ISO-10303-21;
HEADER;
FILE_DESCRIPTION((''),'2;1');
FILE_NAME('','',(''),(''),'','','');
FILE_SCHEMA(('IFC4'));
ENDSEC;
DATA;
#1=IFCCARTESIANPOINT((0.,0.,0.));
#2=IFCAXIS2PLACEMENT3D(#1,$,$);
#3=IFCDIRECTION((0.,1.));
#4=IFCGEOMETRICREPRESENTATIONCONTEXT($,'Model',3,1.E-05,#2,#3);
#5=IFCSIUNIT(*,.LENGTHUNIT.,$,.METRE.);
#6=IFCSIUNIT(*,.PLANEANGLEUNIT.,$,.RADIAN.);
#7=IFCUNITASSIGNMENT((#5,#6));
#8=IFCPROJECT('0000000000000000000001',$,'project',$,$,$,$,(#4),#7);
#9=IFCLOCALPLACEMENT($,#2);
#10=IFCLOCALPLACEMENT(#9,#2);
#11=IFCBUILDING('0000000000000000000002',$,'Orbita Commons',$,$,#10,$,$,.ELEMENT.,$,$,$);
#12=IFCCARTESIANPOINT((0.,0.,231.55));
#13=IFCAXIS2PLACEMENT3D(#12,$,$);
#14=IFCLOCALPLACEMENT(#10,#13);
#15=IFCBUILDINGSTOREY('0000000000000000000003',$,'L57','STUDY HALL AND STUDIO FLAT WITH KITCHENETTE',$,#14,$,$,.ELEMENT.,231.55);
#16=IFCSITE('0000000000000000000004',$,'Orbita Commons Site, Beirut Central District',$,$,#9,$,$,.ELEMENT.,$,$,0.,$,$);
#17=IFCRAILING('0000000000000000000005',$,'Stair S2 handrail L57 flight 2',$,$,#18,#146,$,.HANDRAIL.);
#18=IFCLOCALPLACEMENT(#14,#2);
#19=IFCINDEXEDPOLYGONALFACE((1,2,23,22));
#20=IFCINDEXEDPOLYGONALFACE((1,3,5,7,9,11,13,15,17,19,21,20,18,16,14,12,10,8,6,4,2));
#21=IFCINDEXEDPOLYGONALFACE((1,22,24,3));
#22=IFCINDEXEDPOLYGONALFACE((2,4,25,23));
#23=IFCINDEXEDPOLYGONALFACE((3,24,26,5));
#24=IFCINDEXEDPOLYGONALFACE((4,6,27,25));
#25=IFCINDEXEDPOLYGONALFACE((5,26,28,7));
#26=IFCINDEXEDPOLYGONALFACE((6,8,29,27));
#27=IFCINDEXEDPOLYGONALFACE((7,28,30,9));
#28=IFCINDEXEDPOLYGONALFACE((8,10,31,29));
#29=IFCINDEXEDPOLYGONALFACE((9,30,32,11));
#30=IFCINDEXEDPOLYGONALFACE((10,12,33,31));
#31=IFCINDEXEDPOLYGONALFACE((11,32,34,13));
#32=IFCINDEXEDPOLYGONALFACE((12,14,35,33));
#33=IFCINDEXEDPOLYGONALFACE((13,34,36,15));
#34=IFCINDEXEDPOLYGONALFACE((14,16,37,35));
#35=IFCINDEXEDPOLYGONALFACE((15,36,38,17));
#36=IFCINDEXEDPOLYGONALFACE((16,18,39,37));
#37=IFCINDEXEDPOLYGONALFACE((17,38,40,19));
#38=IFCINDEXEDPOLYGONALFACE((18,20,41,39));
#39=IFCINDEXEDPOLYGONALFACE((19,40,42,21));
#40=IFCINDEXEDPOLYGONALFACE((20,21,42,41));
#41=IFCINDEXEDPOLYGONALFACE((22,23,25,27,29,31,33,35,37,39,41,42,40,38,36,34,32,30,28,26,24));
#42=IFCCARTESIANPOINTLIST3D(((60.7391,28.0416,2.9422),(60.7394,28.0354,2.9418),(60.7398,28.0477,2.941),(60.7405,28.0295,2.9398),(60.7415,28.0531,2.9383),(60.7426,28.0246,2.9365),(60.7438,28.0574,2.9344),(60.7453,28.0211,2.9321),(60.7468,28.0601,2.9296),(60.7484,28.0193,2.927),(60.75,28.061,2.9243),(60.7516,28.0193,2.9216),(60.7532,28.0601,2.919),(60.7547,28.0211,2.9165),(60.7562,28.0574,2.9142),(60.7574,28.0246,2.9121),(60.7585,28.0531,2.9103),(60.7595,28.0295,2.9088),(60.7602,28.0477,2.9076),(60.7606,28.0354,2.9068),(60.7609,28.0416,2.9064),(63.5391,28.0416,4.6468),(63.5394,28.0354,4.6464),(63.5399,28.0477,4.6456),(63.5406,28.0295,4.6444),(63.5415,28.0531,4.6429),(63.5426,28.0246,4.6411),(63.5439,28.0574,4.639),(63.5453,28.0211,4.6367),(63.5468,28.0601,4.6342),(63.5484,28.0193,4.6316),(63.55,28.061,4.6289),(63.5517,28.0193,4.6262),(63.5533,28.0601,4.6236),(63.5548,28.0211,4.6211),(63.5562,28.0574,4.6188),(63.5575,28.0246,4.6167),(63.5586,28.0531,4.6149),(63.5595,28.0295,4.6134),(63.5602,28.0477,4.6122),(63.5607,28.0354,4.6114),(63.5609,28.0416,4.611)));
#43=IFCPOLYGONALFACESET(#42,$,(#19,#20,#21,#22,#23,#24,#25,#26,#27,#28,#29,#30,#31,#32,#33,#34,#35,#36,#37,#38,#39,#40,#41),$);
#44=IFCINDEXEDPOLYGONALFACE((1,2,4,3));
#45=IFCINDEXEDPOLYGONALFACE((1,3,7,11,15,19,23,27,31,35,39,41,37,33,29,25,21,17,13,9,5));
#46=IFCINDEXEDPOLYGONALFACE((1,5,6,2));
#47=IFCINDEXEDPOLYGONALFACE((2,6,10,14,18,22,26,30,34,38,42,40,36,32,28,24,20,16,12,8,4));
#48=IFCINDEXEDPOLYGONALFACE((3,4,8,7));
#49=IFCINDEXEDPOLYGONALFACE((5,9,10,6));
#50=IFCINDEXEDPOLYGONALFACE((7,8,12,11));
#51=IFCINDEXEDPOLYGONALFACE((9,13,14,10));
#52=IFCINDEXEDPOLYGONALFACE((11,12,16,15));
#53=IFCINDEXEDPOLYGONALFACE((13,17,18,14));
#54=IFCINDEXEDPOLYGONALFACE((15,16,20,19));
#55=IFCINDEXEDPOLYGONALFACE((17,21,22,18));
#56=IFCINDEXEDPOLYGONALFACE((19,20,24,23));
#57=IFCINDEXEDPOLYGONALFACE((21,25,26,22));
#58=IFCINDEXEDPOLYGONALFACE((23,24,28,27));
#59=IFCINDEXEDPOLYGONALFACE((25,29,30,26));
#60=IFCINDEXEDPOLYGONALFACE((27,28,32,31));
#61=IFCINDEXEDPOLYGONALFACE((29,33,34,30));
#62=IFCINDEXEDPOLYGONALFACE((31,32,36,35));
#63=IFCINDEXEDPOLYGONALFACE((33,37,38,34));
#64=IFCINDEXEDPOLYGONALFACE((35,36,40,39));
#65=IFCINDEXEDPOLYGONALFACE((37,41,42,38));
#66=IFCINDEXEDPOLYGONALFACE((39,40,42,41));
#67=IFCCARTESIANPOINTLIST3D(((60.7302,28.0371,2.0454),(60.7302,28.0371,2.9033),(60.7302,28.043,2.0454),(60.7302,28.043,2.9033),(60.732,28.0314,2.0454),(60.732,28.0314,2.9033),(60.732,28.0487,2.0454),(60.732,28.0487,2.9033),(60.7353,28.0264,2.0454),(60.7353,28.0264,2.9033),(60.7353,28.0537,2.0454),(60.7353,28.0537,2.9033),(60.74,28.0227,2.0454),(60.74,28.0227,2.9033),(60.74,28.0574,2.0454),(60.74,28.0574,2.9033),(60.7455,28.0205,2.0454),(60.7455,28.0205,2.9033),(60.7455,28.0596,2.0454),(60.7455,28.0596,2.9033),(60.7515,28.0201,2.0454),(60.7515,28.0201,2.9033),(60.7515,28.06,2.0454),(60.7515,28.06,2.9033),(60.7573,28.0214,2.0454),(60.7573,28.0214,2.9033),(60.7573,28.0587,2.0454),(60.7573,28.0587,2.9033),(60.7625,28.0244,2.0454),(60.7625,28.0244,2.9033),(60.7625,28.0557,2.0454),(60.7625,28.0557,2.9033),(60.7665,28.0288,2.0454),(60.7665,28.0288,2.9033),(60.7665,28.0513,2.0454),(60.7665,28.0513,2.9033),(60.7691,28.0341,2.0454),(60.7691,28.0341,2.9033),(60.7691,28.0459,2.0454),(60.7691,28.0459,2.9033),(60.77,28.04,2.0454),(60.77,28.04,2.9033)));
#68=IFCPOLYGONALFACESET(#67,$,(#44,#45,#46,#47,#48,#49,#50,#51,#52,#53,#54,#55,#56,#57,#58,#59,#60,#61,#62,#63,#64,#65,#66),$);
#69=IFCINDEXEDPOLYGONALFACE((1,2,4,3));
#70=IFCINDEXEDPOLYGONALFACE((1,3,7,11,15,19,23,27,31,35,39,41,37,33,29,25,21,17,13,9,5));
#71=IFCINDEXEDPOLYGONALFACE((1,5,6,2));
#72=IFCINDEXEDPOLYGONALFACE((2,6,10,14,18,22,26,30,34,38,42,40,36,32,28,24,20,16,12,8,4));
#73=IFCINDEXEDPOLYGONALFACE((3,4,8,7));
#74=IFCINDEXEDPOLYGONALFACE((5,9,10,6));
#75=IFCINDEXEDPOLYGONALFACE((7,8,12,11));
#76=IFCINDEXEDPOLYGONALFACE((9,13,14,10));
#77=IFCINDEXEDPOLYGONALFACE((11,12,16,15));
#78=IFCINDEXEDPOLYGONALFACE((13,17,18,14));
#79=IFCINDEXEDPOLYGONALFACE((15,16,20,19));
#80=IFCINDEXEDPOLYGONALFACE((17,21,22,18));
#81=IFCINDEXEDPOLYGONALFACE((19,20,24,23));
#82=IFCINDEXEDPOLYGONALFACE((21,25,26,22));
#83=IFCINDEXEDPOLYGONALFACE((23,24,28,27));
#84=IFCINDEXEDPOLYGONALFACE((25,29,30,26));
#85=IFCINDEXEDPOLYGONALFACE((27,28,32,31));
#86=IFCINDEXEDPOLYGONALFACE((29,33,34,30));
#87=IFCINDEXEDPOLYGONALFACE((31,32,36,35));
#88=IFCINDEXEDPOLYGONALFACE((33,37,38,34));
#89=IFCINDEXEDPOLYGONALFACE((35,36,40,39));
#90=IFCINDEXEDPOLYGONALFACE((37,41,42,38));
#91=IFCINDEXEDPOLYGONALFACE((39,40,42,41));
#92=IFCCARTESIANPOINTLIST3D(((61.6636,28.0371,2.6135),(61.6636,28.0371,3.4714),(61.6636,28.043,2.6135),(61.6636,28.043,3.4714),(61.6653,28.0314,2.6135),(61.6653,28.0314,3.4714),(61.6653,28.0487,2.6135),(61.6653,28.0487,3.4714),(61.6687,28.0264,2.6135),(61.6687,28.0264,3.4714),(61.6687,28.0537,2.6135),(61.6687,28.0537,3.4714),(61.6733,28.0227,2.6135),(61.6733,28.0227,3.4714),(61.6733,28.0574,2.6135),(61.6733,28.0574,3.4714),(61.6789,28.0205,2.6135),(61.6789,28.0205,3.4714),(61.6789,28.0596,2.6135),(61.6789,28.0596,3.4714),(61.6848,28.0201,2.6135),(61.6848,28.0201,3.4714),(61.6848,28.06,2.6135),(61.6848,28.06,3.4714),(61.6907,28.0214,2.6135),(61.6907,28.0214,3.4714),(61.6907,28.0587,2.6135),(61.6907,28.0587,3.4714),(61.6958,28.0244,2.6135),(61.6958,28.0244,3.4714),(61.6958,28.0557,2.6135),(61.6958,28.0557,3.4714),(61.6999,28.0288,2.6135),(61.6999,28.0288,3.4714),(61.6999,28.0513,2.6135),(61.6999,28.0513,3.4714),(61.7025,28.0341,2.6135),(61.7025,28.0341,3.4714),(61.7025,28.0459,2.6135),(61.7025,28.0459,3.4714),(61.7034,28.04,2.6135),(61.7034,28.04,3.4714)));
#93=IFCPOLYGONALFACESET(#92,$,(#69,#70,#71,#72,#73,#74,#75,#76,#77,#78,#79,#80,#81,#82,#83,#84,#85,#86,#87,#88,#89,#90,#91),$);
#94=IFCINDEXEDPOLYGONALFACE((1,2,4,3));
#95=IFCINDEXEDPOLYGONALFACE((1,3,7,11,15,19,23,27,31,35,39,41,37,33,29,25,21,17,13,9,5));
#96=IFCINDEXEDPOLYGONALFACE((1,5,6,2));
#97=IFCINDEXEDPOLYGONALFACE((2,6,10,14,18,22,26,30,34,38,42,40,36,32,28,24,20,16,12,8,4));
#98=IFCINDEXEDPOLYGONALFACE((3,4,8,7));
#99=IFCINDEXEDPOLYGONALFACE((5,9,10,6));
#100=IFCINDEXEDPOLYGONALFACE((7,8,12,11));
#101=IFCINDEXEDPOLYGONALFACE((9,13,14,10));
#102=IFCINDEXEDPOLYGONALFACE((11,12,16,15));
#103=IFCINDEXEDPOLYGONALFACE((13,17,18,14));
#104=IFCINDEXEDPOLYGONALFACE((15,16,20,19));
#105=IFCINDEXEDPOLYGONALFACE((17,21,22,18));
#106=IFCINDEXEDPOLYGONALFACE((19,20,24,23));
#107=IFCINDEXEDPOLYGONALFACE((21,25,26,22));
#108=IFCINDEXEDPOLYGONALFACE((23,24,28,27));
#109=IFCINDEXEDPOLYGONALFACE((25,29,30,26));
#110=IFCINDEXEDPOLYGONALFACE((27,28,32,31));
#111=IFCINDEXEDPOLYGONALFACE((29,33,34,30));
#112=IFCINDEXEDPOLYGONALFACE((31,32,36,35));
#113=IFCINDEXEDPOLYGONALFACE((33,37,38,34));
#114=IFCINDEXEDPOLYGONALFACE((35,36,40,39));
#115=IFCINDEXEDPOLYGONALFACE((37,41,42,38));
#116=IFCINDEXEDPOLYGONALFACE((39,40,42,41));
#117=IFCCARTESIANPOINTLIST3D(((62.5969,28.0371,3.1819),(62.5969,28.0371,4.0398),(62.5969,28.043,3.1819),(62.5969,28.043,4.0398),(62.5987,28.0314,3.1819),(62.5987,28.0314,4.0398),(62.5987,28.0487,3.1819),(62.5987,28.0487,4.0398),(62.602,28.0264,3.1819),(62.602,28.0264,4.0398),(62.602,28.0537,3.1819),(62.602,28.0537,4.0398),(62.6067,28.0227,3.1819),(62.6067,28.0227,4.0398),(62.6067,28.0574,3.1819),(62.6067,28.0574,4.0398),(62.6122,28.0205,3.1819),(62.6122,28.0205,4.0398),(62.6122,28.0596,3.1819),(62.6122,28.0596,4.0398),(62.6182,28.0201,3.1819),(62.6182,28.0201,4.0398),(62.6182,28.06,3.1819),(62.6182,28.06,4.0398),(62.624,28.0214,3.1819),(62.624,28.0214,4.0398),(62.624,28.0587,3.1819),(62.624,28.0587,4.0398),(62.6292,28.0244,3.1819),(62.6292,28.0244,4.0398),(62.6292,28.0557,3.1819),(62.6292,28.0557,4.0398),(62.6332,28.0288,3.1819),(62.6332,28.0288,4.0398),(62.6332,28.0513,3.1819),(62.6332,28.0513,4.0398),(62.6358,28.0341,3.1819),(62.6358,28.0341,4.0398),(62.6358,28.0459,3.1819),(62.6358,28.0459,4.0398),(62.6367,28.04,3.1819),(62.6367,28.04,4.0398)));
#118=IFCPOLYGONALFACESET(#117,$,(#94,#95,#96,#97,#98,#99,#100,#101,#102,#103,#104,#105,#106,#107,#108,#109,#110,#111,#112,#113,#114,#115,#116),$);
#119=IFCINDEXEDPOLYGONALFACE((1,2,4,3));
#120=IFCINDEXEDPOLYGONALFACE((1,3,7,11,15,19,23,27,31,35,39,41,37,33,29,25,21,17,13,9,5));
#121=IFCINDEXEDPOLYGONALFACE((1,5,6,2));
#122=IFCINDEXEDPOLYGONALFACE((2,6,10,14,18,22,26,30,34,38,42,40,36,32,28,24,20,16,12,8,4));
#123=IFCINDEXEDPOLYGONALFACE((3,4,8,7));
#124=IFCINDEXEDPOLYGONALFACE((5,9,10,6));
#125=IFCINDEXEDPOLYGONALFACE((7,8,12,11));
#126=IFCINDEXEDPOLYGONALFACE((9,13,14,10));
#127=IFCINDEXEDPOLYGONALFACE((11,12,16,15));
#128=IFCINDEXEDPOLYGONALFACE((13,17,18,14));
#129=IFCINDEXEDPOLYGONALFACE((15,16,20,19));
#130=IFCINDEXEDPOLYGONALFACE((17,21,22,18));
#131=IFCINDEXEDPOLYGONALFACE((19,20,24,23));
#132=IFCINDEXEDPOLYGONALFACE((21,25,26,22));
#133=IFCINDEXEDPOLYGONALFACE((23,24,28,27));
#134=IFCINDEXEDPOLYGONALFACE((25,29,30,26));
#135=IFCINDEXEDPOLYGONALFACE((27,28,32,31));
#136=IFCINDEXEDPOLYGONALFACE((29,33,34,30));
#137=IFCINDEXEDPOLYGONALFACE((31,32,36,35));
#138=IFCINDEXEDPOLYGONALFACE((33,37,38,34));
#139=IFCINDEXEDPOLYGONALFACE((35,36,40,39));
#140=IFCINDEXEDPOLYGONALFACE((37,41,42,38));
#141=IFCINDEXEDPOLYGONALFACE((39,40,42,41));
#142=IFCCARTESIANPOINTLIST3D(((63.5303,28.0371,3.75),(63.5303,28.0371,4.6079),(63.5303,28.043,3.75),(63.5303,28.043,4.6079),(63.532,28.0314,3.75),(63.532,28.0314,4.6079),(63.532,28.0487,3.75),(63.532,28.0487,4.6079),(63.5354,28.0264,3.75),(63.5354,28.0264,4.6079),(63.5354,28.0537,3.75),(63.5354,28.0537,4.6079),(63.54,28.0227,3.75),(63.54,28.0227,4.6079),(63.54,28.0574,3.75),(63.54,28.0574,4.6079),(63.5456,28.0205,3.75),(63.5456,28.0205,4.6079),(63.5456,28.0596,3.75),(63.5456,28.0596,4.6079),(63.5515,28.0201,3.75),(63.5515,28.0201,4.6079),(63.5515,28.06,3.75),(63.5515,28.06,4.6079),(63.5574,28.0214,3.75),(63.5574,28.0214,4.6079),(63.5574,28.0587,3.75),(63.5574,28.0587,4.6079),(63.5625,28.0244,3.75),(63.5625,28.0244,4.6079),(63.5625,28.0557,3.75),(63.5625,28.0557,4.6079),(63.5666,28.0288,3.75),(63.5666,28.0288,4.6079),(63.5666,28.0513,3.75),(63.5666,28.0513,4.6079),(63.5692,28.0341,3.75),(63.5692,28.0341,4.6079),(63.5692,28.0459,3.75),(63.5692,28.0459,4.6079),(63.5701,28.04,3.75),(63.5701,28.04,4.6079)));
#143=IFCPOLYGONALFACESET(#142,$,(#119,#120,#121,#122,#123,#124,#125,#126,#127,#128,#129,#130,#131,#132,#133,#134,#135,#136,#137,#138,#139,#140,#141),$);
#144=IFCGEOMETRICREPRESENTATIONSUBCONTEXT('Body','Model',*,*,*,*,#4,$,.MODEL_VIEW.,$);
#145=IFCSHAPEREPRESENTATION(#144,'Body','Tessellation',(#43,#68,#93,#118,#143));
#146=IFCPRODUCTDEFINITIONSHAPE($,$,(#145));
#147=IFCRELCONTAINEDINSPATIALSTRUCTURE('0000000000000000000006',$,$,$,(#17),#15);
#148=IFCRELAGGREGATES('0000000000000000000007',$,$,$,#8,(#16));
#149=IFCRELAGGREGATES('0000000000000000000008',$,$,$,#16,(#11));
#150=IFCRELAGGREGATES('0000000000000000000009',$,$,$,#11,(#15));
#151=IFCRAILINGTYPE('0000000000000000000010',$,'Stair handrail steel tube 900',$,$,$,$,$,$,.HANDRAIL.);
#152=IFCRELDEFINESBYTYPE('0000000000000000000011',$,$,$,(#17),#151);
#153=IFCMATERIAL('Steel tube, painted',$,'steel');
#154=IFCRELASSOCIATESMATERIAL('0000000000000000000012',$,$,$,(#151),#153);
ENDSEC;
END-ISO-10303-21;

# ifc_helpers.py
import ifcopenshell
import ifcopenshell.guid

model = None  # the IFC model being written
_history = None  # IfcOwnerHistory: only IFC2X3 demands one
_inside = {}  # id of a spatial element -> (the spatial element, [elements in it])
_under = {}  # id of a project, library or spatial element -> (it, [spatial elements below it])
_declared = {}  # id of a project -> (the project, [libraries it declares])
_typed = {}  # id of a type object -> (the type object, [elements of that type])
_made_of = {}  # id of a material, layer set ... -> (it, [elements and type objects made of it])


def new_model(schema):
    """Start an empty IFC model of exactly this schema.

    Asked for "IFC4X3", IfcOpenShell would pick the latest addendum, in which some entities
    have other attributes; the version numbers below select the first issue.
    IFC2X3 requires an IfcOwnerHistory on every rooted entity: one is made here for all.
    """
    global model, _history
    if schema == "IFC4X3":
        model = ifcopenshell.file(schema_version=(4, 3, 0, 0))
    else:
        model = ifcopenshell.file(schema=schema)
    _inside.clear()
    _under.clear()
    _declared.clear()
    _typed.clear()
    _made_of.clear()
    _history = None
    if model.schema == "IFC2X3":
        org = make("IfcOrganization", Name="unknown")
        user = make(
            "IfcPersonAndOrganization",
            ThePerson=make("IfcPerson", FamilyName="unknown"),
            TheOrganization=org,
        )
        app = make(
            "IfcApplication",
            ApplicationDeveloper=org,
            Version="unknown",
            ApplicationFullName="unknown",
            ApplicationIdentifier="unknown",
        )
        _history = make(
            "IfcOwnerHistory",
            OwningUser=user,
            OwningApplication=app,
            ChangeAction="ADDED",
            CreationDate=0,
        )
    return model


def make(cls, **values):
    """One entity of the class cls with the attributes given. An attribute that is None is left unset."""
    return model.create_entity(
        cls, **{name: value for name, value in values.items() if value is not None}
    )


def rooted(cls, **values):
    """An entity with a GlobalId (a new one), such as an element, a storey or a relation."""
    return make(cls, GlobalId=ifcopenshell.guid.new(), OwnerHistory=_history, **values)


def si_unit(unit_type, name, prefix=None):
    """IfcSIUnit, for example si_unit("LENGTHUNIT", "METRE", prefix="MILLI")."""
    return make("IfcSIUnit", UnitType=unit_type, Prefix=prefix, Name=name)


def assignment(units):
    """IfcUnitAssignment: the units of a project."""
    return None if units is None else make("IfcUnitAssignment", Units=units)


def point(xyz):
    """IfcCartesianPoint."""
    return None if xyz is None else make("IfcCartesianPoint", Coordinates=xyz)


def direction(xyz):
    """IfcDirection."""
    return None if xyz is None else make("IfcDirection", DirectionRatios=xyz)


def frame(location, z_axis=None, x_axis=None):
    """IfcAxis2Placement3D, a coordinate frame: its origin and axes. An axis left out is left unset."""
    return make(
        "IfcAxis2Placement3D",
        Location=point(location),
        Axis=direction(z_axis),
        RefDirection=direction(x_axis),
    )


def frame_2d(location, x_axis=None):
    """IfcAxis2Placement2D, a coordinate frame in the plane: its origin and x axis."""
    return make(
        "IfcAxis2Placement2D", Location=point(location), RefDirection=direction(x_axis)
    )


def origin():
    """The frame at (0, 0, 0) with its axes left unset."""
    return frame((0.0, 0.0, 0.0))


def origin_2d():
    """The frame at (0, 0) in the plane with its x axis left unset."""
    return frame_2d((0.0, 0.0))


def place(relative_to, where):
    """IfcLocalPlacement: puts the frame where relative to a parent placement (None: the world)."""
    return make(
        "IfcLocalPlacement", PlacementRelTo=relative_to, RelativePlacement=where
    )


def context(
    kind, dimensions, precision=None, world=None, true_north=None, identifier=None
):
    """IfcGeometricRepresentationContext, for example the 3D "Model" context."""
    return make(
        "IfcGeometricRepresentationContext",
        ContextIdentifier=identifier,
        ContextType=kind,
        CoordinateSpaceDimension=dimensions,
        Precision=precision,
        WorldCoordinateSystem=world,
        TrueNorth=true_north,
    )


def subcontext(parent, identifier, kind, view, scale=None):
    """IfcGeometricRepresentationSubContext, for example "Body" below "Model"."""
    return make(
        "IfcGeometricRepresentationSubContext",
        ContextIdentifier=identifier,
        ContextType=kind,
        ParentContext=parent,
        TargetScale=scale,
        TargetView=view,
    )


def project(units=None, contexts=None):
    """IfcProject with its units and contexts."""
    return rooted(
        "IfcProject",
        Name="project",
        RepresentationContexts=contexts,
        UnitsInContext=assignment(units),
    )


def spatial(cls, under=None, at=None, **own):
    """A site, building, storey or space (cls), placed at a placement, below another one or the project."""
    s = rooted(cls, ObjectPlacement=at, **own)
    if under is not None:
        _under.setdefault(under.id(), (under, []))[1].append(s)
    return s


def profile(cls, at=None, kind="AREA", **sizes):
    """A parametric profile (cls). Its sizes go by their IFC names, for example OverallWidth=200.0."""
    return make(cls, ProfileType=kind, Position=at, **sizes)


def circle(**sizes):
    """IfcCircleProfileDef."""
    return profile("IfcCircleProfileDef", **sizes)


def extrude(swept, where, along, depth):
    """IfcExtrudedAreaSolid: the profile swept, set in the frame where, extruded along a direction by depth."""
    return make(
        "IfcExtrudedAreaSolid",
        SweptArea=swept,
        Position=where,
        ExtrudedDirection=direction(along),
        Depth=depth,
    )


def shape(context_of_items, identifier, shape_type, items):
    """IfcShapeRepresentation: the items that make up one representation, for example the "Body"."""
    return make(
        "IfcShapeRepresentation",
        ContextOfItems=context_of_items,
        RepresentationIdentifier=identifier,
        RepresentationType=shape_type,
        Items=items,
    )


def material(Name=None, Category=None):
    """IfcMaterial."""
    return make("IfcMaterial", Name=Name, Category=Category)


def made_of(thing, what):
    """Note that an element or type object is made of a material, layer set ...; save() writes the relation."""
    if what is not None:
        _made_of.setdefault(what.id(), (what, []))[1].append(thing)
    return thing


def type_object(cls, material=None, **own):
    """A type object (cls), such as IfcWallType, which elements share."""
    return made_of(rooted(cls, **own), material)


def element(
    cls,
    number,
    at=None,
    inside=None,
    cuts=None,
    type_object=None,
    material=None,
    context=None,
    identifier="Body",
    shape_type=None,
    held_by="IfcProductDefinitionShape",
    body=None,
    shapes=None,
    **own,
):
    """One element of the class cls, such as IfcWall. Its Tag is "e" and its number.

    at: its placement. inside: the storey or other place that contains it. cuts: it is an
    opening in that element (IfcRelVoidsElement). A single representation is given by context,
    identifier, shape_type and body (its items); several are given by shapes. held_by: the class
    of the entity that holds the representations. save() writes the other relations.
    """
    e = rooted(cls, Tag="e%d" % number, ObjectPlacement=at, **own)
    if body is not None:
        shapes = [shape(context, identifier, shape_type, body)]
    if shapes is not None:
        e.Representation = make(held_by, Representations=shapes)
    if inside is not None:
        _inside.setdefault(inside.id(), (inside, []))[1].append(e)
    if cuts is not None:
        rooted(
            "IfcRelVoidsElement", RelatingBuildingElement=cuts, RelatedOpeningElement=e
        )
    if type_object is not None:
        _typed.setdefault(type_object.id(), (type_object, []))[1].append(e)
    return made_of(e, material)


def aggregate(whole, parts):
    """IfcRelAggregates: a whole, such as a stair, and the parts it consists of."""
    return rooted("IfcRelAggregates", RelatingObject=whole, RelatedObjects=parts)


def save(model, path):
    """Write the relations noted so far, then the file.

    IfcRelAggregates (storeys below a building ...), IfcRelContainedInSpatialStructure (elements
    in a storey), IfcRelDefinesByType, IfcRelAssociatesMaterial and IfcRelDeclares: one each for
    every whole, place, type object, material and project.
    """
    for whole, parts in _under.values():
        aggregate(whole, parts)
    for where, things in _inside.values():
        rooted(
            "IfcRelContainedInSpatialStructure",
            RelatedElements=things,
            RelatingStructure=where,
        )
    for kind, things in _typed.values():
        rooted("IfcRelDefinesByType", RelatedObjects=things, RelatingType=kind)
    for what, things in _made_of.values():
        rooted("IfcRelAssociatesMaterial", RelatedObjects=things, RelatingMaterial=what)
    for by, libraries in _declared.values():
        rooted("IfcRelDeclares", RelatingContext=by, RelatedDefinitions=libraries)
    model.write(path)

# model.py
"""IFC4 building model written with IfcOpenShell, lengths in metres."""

from ifc_helpers import new_model, si_unit, direction, frame, origin, origin_2d, place, context, subcontext, project, spatial, circle, extrude, material, type_object, element, save


model = new_model("IFC4")

# Units and contexts
model_context = context("Model", 3, precision=1e-05, world=origin(), true_north=direction((0.0, 1.0)))
body_context = subcontext(model_context, "Body", "Model", "MODEL_VIEW")
ifc_project = project(units=[si_unit("LENGTHUNIT", "METRE"), si_unit("PLANEANGLEUNIT", "RADIAN")], contexts=[model_context])

# Site, building, storey
site_placement = place(None, origin())
site = spatial("IfcSite", under=ifc_project, at=site_placement, Name="Orbita Commons Site, Beirut Central District", CompositionType="ELEMENT", RefElevation=0.0)
building_placement = place(site_placement, origin())
building = spatial("IfcBuilding", under=site, at=building_placement, Name="Orbita Commons", CompositionType="ELEMENT")
storey_placement = place(building_placement, frame((0.0, 0.0, 231.55)))
storey = spatial("IfcBuildingStorey", under=building, at=storey_placement, Name="L57", Description="STUDY HALL AND STUDIO FLAT WITH KITCHENETTE", CompositionType="ELEMENT", Elevation=231.55)

# Railing
ifc_material_1 = material(Name="Steel tube, painted", Category="steel")
railing_type = type_object("IfcRailingType", Name="Stair handrail steel tube 900", PredefinedType="HANDRAIL", material=ifc_material_1)
for number, where, name in (
    (1, (60.75, 28.04, 2.0454), "Stair S2 handrail L57 flight 2"),
):
    element("IfcRailing", number, at=place(storey_placement, frame(where)), inside=storey, type_object=railing_type, Name=name, PredefinedType="HANDRAIL", context=body_context, shape_type="SweptSolid", body=[
        extrude(circle(Radius=0.021, at=origin_2d()), frame((0.0, 0.0, 0.8789), z_axis=(0.85417, 0.0, 0.519994), x_axis=(0.0, 1.0, 0.0)), (0.0, 0.0, 1.0), 3.2781),
        extrude(circle(Radius=0.02, at=origin_2d()), origin(), (0.0, 0.0, 1.0), 0.8579),
        extrude(circle(Radius=0.02, at=origin_2d()), frame((0.9333, 0.0, 0.5681)), (0.0, 0.0, 1.0), 0.8579),
        extrude(circle(Radius=0.02, at=origin_2d()), frame((1.8667, 0.0, 1.1365)), (0.0, 0.0, 1.0), 0.8579),
        extrude(circle(Radius=0.02, at=origin_2d()), frame((2.8, 0.0, 1.7046)), (0.0, 0.0, 1.0), 0.8579),
    ])

save(model, "model.ifc")
